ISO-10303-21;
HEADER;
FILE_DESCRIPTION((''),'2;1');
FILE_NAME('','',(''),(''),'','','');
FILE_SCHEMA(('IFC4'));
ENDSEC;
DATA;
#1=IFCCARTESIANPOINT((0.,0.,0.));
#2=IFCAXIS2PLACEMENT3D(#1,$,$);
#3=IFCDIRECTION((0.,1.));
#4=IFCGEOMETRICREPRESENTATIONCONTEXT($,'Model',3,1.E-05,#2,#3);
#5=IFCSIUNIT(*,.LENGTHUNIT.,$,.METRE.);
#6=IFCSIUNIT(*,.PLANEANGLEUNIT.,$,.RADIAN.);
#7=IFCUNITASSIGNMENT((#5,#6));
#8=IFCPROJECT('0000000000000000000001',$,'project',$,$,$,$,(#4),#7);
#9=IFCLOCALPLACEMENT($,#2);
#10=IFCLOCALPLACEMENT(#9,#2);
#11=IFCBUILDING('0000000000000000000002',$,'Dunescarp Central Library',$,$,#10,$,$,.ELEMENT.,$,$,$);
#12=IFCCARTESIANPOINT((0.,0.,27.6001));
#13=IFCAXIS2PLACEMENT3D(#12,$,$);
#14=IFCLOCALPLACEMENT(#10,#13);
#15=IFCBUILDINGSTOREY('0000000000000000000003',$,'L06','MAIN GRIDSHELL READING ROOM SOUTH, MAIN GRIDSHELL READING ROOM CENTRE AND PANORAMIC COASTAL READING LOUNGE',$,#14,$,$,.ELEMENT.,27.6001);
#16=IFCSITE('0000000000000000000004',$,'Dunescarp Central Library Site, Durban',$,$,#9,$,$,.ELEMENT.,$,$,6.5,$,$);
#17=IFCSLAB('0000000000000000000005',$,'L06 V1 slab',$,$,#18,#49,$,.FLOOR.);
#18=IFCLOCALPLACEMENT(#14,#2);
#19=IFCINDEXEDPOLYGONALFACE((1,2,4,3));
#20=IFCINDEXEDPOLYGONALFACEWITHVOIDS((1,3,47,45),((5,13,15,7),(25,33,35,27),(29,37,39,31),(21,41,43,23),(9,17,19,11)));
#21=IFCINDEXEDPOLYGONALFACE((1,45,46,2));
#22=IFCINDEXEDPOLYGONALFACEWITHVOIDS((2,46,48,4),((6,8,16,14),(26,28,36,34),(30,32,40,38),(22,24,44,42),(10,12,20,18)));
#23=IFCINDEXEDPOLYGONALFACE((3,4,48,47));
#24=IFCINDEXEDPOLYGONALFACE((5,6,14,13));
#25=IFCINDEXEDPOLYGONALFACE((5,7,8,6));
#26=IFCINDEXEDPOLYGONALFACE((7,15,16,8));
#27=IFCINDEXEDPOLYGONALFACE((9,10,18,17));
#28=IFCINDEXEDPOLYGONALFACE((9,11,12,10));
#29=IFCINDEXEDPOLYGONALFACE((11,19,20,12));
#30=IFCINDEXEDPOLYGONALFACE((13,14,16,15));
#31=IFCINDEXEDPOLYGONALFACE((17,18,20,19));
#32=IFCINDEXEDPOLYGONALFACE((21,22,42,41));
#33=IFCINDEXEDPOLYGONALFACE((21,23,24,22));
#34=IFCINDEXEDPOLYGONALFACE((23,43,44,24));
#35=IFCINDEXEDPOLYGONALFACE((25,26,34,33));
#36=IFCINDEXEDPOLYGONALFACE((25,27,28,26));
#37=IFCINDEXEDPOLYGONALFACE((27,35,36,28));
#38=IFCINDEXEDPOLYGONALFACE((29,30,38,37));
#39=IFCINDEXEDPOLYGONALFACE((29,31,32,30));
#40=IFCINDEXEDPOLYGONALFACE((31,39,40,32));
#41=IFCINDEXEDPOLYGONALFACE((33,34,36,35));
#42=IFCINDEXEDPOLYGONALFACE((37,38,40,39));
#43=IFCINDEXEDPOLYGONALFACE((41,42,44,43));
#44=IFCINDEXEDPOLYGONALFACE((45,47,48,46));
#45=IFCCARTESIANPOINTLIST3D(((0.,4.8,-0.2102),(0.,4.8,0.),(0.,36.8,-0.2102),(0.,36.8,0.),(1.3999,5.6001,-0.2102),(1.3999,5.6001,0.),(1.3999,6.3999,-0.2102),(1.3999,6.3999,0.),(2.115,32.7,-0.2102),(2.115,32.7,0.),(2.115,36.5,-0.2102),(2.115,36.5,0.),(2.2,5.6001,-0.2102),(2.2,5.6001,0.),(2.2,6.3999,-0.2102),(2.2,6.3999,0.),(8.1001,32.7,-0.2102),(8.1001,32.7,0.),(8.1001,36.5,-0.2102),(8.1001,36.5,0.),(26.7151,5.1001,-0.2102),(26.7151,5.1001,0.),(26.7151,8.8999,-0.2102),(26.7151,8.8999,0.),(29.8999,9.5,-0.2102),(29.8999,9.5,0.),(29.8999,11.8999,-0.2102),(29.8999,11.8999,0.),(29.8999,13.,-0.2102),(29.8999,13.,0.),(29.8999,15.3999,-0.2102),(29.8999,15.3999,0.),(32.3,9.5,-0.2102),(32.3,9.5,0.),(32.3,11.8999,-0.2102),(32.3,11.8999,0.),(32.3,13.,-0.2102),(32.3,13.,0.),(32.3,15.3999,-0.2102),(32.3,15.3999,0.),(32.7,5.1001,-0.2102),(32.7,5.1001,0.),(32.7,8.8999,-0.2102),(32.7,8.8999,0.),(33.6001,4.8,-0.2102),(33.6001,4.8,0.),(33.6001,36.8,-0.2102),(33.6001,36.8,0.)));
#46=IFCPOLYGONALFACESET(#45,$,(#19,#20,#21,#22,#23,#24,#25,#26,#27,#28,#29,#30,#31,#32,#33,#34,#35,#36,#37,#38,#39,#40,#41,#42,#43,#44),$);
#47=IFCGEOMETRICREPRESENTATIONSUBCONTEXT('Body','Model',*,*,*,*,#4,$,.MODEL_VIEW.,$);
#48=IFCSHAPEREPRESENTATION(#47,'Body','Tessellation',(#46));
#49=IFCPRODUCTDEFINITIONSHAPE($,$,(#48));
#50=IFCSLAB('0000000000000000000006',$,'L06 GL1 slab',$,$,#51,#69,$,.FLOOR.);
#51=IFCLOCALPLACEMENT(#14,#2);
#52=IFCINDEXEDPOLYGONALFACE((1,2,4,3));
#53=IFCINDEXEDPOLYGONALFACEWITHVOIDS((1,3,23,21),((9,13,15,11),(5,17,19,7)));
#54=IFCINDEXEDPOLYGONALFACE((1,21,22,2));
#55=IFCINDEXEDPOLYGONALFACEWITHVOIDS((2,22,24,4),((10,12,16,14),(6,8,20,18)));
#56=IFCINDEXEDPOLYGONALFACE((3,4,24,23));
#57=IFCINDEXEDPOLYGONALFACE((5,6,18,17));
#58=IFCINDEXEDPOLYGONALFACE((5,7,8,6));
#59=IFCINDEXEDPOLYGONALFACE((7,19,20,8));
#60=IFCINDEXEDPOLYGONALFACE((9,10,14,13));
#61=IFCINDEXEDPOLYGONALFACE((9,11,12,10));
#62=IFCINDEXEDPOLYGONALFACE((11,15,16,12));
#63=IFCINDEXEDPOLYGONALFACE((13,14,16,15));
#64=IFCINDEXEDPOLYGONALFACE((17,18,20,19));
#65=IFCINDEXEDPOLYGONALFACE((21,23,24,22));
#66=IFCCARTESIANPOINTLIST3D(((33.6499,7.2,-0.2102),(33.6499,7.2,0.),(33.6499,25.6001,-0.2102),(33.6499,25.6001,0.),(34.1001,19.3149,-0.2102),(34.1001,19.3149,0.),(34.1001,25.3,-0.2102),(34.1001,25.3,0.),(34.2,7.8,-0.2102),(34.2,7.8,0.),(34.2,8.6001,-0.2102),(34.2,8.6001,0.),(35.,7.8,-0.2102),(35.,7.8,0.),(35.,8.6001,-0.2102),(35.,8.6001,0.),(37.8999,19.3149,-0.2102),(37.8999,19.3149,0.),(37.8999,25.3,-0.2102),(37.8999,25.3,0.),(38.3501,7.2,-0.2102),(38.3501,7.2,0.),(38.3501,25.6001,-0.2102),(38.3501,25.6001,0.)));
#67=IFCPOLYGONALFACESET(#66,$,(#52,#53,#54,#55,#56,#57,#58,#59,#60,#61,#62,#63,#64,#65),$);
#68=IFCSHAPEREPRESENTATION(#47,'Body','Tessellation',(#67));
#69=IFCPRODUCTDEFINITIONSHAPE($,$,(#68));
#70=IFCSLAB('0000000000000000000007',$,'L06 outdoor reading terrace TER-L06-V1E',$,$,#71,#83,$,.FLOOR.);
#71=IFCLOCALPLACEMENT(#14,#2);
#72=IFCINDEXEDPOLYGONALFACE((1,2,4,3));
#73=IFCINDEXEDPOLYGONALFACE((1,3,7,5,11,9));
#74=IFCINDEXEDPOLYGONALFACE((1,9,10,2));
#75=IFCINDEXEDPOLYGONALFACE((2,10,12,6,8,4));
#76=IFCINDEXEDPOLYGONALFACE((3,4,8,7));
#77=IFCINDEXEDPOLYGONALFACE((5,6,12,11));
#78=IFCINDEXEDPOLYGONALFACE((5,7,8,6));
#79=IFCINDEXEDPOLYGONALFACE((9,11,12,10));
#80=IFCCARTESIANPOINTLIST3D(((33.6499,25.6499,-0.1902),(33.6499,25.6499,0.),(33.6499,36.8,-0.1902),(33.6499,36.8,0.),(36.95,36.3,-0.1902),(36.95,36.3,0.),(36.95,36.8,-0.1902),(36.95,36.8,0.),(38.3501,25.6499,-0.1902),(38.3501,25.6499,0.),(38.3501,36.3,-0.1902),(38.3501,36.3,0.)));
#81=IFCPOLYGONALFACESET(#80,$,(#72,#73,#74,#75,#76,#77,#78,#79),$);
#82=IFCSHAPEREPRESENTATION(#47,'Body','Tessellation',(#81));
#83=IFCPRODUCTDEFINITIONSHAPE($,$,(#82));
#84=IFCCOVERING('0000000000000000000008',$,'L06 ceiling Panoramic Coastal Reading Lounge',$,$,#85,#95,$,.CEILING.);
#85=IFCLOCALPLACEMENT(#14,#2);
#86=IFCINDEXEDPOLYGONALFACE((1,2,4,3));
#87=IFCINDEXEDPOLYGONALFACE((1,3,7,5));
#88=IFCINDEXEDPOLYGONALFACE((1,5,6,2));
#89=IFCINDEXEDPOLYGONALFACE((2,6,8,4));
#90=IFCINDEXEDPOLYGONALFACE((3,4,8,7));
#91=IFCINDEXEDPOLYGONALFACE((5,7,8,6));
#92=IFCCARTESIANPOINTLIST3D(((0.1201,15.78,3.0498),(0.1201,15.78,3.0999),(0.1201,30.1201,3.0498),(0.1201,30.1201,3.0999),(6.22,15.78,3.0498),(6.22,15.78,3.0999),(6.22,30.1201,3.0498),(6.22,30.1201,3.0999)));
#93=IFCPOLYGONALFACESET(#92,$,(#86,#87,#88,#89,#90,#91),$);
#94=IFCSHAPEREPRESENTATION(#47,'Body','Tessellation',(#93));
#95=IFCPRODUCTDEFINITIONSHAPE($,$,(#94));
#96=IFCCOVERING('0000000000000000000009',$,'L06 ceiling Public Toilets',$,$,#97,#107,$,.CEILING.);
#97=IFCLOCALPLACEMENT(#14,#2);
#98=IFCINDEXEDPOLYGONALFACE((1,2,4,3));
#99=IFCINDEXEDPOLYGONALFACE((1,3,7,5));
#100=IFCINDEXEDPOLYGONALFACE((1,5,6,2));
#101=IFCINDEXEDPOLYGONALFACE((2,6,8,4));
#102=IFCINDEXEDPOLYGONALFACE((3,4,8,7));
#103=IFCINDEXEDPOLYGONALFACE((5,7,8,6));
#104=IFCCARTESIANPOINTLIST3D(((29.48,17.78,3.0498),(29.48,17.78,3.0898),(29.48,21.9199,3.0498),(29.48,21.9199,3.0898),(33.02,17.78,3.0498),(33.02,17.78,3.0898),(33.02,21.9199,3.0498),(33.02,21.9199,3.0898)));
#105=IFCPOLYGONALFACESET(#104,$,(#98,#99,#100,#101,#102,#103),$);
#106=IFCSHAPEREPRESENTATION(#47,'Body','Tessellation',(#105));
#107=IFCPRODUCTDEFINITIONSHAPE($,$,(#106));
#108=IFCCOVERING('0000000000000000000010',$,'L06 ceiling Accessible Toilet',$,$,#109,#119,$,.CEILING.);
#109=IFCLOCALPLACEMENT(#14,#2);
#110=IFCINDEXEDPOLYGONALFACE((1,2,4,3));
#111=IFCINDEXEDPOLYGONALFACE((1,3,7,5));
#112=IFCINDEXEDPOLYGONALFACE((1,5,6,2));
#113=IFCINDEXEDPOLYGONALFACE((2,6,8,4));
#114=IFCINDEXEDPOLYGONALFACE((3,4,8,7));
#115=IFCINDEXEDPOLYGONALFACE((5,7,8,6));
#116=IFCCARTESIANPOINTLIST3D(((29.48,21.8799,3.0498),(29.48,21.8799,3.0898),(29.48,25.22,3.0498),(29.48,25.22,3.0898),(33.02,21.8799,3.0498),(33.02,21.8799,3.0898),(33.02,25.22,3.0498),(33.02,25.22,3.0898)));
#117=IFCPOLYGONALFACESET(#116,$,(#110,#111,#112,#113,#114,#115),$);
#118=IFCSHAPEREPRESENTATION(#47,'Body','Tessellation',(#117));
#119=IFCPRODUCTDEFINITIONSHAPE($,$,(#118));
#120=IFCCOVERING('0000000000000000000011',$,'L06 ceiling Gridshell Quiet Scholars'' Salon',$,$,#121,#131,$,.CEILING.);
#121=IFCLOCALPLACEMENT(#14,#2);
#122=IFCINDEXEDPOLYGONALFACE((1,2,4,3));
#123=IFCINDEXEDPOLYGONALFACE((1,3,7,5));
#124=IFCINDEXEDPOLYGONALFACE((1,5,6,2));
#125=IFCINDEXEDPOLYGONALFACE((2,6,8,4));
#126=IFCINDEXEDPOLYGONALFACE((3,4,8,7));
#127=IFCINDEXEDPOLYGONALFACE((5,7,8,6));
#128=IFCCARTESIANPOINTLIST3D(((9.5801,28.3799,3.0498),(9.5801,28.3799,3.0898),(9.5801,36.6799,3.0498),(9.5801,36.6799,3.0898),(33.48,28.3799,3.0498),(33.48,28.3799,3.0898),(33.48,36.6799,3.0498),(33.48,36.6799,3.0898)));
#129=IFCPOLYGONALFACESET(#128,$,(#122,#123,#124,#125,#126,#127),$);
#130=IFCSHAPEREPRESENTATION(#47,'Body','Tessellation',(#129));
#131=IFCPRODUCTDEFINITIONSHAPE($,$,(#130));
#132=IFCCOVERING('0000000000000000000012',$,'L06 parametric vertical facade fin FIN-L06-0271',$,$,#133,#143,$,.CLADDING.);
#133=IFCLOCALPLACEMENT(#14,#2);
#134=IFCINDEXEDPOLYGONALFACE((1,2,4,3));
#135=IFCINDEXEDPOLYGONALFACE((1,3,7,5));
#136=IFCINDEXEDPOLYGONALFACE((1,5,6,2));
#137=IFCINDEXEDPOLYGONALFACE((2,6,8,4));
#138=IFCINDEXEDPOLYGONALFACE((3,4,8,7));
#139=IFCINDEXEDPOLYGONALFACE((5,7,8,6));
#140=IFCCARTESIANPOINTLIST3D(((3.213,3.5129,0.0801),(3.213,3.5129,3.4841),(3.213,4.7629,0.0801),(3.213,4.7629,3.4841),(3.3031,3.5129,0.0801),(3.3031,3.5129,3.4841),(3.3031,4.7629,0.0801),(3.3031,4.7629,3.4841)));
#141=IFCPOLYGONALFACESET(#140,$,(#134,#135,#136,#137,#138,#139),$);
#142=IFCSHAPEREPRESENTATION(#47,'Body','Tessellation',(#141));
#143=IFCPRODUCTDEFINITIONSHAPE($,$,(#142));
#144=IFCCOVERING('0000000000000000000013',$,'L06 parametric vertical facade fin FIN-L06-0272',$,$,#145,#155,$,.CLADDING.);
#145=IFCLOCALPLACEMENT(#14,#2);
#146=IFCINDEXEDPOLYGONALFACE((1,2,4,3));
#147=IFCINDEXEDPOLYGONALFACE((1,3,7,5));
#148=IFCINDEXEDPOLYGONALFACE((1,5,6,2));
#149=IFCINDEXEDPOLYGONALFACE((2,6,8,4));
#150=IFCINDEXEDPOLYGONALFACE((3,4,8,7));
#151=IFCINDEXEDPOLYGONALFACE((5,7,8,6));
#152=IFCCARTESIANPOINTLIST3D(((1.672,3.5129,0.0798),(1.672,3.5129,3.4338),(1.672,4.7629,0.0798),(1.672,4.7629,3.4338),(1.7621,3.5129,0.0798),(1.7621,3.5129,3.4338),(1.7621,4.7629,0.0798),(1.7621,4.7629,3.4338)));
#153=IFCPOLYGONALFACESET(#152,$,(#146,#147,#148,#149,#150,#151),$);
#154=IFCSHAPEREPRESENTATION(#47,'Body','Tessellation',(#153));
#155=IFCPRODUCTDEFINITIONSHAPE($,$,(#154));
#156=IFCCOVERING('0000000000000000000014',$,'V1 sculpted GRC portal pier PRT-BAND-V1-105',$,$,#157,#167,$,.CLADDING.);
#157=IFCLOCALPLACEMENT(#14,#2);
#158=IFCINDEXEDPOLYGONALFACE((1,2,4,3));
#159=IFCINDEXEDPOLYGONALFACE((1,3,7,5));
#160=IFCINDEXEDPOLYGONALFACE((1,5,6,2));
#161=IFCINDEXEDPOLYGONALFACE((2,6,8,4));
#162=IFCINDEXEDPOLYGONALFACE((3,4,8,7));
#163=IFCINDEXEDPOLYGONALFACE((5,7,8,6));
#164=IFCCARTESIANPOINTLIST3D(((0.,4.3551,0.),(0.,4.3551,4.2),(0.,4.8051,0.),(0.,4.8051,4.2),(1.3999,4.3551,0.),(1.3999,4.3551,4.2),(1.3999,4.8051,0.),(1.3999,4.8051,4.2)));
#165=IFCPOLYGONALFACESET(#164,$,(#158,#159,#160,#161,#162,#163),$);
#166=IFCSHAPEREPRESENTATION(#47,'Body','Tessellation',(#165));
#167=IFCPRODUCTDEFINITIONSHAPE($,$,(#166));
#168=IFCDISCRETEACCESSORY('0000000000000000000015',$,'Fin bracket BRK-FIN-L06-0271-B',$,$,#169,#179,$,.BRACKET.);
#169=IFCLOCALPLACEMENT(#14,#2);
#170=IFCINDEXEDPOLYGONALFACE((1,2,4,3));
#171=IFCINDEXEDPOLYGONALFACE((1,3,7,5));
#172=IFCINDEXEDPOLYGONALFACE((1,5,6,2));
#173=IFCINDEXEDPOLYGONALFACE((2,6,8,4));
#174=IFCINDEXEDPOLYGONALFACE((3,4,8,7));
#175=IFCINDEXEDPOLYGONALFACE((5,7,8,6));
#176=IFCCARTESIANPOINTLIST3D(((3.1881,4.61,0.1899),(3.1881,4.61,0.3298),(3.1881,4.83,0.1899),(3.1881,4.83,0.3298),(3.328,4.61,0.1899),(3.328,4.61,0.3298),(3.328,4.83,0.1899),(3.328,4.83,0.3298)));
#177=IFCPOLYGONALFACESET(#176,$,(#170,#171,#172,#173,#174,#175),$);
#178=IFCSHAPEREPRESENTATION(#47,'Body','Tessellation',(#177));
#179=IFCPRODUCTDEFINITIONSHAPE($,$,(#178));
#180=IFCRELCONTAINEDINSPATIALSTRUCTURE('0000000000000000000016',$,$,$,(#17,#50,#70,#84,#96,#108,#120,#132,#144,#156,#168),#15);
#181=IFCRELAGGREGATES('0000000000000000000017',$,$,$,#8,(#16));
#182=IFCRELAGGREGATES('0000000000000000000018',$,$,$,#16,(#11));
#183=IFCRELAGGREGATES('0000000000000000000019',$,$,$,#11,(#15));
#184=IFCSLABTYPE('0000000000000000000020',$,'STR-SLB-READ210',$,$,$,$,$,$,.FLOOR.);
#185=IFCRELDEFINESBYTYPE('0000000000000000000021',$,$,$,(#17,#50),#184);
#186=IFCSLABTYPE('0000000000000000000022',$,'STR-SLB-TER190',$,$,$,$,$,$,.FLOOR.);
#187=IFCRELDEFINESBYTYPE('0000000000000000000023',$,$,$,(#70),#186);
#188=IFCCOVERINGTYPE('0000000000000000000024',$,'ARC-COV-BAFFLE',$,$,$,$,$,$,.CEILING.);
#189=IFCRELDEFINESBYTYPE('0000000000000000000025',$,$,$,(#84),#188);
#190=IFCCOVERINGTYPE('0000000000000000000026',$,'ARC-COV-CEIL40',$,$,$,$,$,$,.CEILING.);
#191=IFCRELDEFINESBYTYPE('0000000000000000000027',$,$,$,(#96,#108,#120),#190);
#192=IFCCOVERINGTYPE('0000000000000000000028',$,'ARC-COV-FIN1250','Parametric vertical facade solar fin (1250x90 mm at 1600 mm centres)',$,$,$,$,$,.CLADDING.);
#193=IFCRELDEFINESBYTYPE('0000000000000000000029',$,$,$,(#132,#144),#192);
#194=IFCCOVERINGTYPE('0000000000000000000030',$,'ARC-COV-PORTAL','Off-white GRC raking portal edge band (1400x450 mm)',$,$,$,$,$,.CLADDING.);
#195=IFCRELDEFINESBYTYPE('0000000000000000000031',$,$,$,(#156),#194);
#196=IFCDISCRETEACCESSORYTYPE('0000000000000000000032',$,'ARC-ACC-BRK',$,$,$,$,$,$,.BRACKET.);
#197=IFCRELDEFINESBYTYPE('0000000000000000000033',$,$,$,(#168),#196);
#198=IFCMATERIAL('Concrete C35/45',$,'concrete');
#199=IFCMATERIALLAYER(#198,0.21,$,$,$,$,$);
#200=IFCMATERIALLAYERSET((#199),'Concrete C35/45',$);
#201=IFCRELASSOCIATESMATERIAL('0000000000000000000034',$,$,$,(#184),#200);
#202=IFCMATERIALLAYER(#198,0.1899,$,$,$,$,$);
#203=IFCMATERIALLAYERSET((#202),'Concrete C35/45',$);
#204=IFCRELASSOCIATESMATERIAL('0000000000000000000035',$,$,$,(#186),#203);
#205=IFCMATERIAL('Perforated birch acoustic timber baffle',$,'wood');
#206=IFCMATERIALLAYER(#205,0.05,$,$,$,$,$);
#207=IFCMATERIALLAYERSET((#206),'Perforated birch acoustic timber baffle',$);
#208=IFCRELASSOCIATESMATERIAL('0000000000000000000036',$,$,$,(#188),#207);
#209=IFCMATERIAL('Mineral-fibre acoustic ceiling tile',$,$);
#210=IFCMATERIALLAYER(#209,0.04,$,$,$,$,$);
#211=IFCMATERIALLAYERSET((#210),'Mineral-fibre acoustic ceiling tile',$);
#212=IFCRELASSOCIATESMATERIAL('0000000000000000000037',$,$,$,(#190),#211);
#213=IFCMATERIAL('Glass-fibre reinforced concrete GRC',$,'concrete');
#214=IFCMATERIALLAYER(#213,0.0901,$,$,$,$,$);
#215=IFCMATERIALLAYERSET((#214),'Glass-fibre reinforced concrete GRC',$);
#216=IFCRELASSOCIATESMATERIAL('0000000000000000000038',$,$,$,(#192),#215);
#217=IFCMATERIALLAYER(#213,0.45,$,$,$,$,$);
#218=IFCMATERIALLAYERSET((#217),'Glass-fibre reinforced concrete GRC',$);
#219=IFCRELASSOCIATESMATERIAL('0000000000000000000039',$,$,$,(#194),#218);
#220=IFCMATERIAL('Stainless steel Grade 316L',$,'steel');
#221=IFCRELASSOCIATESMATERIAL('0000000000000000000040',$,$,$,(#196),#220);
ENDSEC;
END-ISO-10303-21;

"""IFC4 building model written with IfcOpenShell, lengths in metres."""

from ifc_helpers import new_model, si_unit, direction, frame, origin, origin_2d, place, context, subcontext, project, spatial, polyline, rectangle, outline, extrude, material, layer, layer_set, type_object, element, save


model = new_model("IFC4")

# Units and contexts
model_context = context("Model", 3, precision=1e-05, world=origin(), true_north=direction((0.0, 1.0)))
body_context = subcontext(model_context, "Body", "Model", "MODEL_VIEW")
ifc_project = project(units=[si_unit("LENGTHUNIT", "METRE"), si_unit("PLANEANGLEUNIT", "RADIAN")], contexts=[model_context])

# Site, building, storey
site_placement = place(None, origin())
site = spatial("IfcSite", under=ifc_project, at=site_placement, Name="Dunescarp Central Library Site, Durban", CompositionType="ELEMENT", RefElevation=6.5)
building_placement = place(site_placement, origin())
building = spatial("IfcBuilding", under=site, at=building_placement, Name="Dunescarp Central Library", CompositionType="ELEMENT")
storey_placement = place(building_placement, frame((0.0, 0.0, 27.6001)))
storey = spatial("IfcBuildingStorey", under=building, at=storey_placement, Name="L06", Description="MAIN GRIDSHELL READING ROOM SOUTH, MAIN GRIDSHELL READING ROOM CENTRE AND PANORAMIC COASTAL READING LOUNGE", CompositionType="ELEMENT", Elevation=27.6001)

# Slabs
ifc_material_1 = material(Name="Concrete C35/45", Category="concrete")
ifc_layer_1 = layer(ifc_material_1, 0.21)
ifc_layer_set_1 = layer_set([ifc_layer_1], Name="Concrete C35/45")
slab_type_1 = type_object("IfcSlabType", Name="STR-SLB-READ210", PredefinedType="FLOOR", material=ifc_layer_set_1)
slab_1_placement = place(storey_placement, frame((0.0, 0.0, -0.2102)))
element("IfcSlab", 1, at=slab_1_placement, inside=storey, type_object=slab_type_1, Name="L06 V1 slab", PredefinedType="FLOOR", context=body_context, shape_type="SweptSolid", body=[
    extrude(outline(polyline([(0.0, 4.8), (33.6001, 4.8), (33.6001, 36.8), (0.0, 36.8), (0.0, 4.8)]), holes=[polyline([(26.7151, 5.1001), (32.7, 5.1001), (32.7, 8.8999), (26.7151, 8.8999), (26.7151, 5.1001)]), polyline([(2.115, 32.7), (8.1001, 32.7), (8.1001, 36.5), (2.115, 36.5), (2.115, 32.7)]), polyline([(29.8999, 9.5), (32.3, 9.5), (32.3, 11.8999), (29.8999, 11.8999), (29.8999, 9.5)]), polyline([(29.8999, 13.0), (32.3, 13.0), (32.3, 15.3999), (29.8999, 15.3999), (29.8999, 13.0)]), polyline([(1.3999, 5.6001), (2.2, 5.6001), (2.2, 6.3999), (1.3999, 6.3999), (1.3999, 5.6001)])]), origin(), (0.0, 0.0, 1.0), 0.2102),
])
slab_2_placement = place(storey_placement, frame((0.0, 0.0, -0.2102)))
element("IfcSlab", 2, at=slab_2_placement, inside=storey, type_object=slab_type_1, Name="L06 GL1 slab", PredefinedType="FLOOR", context=body_context, shape_type="SweptSolid", body=[
    extrude(outline(polyline([(33.6499, 7.2), (38.3501, 7.2), (38.3501, 25.6001), (33.6499, 25.6001), (33.6499, 7.2)]), holes=[polyline([(34.1001, 19.3149), (37.8999, 19.3149), (37.8999, 25.3), (34.1001, 25.3), (34.1001, 19.3149)]), polyline([(34.2, 7.8), (35.0, 7.8), (35.0, 8.6001), (34.2, 8.6001), (34.2, 7.8)])]), origin(), (0.0, 0.0, 1.0), 0.2102),
])
ifc_layer_2 = layer(ifc_material_1, 0.1899)
ifc_layer_set_2 = layer_set([ifc_layer_2], Name="Concrete C35/45")
slab_type_2 = type_object("IfcSlabType", Name="STR-SLB-TER190", PredefinedType="FLOOR", material=ifc_layer_set_2)
slab_3_placement = place(storey_placement, frame((0.0, 0.0, -0.1902)))
element("IfcSlab", 3, at=slab_3_placement, inside=storey, type_object=slab_type_2, Name="L06 outdoor reading terrace TER-L06-V1E", PredefinedType="FLOOR", context=body_context, shape_type="SweptSolid", body=[
    extrude(outline(polyline([(33.6499, 25.6499), (38.3501, 25.6499), (38.3501, 36.3), (36.95, 36.3), (36.95, 36.8), (33.6499, 36.8), (33.6499, 25.6499)])), origin(), (0.0, 0.0, 1.0), 0.1902),
])

# Coverings
ifc_material_2 = material(Name="Perforated birch acoustic timber baffle", Category="wood")
ifc_layer_3 = layer(ifc_material_2, 0.05)
ifc_layer_set_3 = layer_set([ifc_layer_3], Name="Perforated birch acoustic timber baffle")
covering_type_1 = type_object("IfcCoveringType", Name="ARC-COV-BAFFLE", PredefinedType="CEILING", material=ifc_layer_set_3)
covering_1_placement = place(storey_placement, frame((0.0, 0.0, 3.0498)))
element("IfcCovering", 4, at=covering_1_placement, inside=storey, type_object=covering_type_1, Name="L06 ceiling Panoramic Coastal Reading Lounge", PredefinedType="CEILING", context=body_context, shape_type="SweptSolid", body=[
    extrude(outline(polyline([(0.1201, 15.78), (6.22, 15.78), (6.22, 30.1201), (0.1201, 30.1201), (0.1201, 15.78)])), origin(), (0.0, 0.0, 1.0), 0.05),
])
ifc_material_3 = material(Name="Mineral-fibre acoustic ceiling tile")
ifc_layer_4 = layer(ifc_material_3, 0.04)
ifc_layer_set_4 = layer_set([ifc_layer_4], Name="Mineral-fibre acoustic ceiling tile")
covering_type_2 = type_object("IfcCoveringType", Name="ARC-COV-CEIL40", PredefinedType="CEILING", material=ifc_layer_set_4)
covering_2_placement = place(storey_placement, frame((0.0, 0.0, 3.0498)))
element("IfcCovering", 5, at=covering_2_placement, inside=storey, type_object=covering_type_2, Name="L06 ceiling Public Toilets", PredefinedType="CEILING", context=body_context, shape_type="SweptSolid", body=[
    extrude(outline(polyline([(29.48, 17.78), (33.02, 17.78), (33.02, 21.9199), (29.48, 21.9199), (29.48, 17.78)])), origin(), (0.0, 0.0, 1.0), 0.04),
])
covering_3_placement = place(storey_placement, frame((0.0, 0.0, 3.0498)))
element("IfcCovering", 6, at=covering_3_placement, inside=storey, type_object=covering_type_2, Name="L06 ceiling Accessible Toilet", PredefinedType="CEILING", context=body_context, shape_type="SweptSolid", body=[
    extrude(outline(polyline([(29.48, 21.8799), (33.02, 21.8799), (33.02, 25.22), (29.48, 25.22), (29.48, 21.8799)])), origin(), (0.0, 0.0, 1.0), 0.04),
])
covering_4_placement = place(storey_placement, frame((0.0, 0.0, 3.0498)))
element("IfcCovering", 7, at=covering_4_placement, inside=storey, type_object=covering_type_2, Name="L06 ceiling Gridshell Quiet Scholars' Salon", PredefinedType="CEILING", context=body_context, shape_type="SweptSolid", body=[
    extrude(outline(polyline([(9.5801, 28.3799), (33.48, 28.3799), (33.48, 36.6799), (9.5801, 36.6799), (9.5801, 28.3799)])), origin(), (0.0, 0.0, 1.0), 0.04),
])
ifc_material_4 = material(Name="Glass-fibre reinforced concrete GRC", Category="concrete")
ifc_layer_5 = layer(ifc_material_4, 0.0901)
ifc_layer_set_5 = layer_set([ifc_layer_5], Name="Glass-fibre reinforced concrete GRC")
covering_type_3 = type_object("IfcCoveringType", Name="ARC-COV-FIN1250", Description="Parametric vertical facade solar fin (1250x90 mm at 1600 mm centres)", PredefinedType="CLADDING", material=ifc_layer_set_5)
covering_5_placement = place(storey_placement, frame((3.2581, 4.1379, 0.0801), z_axis=(0.0, 0.0, 1.0), x_axis=(0.0, -1.0, 0.0)))
element("IfcCovering", 8, at=covering_5_placement, inside=storey, type_object=covering_type_3, Name="L06 parametric vertical facade fin FIN-L06-0271", PredefinedType="CLADDING", context=body_context, shape_type="SweptSolid", body=[
    extrude(rectangle(XDim=1.25, YDim=0.0901, at=origin_2d()), origin(), (0.0, 0.0, 1.0), 3.4041),
])
covering_6_placement = place(storey_placement, frame((1.717, 4.1379, 0.0798), z_axis=(0.0, 0.0, 1.0), x_axis=(0.0, -1.0, 0.0)))
element("IfcCovering", 9, at=covering_6_placement, inside=storey, type_object=covering_type_3, Name="L06 parametric vertical facade fin FIN-L06-0272", PredefinedType="CLADDING", context=body_context, shape_type="SweptSolid", body=[
    extrude(rectangle(XDim=1.25, YDim=0.0901, at=origin_2d()), origin(), (0.0, 0.0, 1.0), 3.354),
])
ifc_layer_6 = layer(ifc_material_4, 0.45)
ifc_layer_set_6 = layer_set([ifc_layer_6], Name="Glass-fibre reinforced concrete GRC")
covering_type_4 = type_object("IfcCoveringType", Name="ARC-COV-PORTAL", Description="Off-white GRC raking portal edge band (1400x450 mm)", PredefinedType="CLADDING", material=ifc_layer_set_6)
covering_7_placement = place(storey_placement, frame((0.7, 4.5801, 0.0), z_axis=(0.0, 0.0, 1.0), x_axis=(1.0, 0.0, 0.0)))
element("IfcCovering", 10, at=covering_7_placement, inside=storey, type_object=covering_type_4, Name="V1 sculpted GRC portal pier PRT-BAND-V1-105", PredefinedType="CLADDING", context=body_context, shape_type="SweptSolid", body=[
    extrude(rectangle(XDim=1.3999, YDim=0.45, at=origin_2d()), origin(), (0.0, 0.0, 1.0), 4.2),
])

# Discrete accessory
ifc_material_5 = material(Name="Stainless steel Grade 316L", Category="steel")
discrete_accessory_type = type_object("IfcDiscreteAccessoryType", Name="ARC-ACC-BRK", PredefinedType="BRACKET", material=ifc_material_5)
for number, where, z_axis, x_axis, name in (
    (11, (3.2581, 4.72, 0.1899), (0.0, 0.0, 1.0), (0.0, -1.0, 0.0), "Fin bracket BRK-FIN-L06-0271-B"),
):
    element("IfcDiscreteAccessory", number, at=place(storey_placement, frame(where, z_axis=z_axis, x_axis=x_axis)), inside=storey, type_object=discrete_accessory_type, Name=name, PredefinedType="BRACKET", context=body_context, shape_type="SweptSolid", body=[
        extrude(rectangle(XDim=0.22, YDim=0.1399, at=origin_2d()), origin(), (0.0, 0.0, 1.0), 0.1399),
    ])

save(model, "model.ifc")
